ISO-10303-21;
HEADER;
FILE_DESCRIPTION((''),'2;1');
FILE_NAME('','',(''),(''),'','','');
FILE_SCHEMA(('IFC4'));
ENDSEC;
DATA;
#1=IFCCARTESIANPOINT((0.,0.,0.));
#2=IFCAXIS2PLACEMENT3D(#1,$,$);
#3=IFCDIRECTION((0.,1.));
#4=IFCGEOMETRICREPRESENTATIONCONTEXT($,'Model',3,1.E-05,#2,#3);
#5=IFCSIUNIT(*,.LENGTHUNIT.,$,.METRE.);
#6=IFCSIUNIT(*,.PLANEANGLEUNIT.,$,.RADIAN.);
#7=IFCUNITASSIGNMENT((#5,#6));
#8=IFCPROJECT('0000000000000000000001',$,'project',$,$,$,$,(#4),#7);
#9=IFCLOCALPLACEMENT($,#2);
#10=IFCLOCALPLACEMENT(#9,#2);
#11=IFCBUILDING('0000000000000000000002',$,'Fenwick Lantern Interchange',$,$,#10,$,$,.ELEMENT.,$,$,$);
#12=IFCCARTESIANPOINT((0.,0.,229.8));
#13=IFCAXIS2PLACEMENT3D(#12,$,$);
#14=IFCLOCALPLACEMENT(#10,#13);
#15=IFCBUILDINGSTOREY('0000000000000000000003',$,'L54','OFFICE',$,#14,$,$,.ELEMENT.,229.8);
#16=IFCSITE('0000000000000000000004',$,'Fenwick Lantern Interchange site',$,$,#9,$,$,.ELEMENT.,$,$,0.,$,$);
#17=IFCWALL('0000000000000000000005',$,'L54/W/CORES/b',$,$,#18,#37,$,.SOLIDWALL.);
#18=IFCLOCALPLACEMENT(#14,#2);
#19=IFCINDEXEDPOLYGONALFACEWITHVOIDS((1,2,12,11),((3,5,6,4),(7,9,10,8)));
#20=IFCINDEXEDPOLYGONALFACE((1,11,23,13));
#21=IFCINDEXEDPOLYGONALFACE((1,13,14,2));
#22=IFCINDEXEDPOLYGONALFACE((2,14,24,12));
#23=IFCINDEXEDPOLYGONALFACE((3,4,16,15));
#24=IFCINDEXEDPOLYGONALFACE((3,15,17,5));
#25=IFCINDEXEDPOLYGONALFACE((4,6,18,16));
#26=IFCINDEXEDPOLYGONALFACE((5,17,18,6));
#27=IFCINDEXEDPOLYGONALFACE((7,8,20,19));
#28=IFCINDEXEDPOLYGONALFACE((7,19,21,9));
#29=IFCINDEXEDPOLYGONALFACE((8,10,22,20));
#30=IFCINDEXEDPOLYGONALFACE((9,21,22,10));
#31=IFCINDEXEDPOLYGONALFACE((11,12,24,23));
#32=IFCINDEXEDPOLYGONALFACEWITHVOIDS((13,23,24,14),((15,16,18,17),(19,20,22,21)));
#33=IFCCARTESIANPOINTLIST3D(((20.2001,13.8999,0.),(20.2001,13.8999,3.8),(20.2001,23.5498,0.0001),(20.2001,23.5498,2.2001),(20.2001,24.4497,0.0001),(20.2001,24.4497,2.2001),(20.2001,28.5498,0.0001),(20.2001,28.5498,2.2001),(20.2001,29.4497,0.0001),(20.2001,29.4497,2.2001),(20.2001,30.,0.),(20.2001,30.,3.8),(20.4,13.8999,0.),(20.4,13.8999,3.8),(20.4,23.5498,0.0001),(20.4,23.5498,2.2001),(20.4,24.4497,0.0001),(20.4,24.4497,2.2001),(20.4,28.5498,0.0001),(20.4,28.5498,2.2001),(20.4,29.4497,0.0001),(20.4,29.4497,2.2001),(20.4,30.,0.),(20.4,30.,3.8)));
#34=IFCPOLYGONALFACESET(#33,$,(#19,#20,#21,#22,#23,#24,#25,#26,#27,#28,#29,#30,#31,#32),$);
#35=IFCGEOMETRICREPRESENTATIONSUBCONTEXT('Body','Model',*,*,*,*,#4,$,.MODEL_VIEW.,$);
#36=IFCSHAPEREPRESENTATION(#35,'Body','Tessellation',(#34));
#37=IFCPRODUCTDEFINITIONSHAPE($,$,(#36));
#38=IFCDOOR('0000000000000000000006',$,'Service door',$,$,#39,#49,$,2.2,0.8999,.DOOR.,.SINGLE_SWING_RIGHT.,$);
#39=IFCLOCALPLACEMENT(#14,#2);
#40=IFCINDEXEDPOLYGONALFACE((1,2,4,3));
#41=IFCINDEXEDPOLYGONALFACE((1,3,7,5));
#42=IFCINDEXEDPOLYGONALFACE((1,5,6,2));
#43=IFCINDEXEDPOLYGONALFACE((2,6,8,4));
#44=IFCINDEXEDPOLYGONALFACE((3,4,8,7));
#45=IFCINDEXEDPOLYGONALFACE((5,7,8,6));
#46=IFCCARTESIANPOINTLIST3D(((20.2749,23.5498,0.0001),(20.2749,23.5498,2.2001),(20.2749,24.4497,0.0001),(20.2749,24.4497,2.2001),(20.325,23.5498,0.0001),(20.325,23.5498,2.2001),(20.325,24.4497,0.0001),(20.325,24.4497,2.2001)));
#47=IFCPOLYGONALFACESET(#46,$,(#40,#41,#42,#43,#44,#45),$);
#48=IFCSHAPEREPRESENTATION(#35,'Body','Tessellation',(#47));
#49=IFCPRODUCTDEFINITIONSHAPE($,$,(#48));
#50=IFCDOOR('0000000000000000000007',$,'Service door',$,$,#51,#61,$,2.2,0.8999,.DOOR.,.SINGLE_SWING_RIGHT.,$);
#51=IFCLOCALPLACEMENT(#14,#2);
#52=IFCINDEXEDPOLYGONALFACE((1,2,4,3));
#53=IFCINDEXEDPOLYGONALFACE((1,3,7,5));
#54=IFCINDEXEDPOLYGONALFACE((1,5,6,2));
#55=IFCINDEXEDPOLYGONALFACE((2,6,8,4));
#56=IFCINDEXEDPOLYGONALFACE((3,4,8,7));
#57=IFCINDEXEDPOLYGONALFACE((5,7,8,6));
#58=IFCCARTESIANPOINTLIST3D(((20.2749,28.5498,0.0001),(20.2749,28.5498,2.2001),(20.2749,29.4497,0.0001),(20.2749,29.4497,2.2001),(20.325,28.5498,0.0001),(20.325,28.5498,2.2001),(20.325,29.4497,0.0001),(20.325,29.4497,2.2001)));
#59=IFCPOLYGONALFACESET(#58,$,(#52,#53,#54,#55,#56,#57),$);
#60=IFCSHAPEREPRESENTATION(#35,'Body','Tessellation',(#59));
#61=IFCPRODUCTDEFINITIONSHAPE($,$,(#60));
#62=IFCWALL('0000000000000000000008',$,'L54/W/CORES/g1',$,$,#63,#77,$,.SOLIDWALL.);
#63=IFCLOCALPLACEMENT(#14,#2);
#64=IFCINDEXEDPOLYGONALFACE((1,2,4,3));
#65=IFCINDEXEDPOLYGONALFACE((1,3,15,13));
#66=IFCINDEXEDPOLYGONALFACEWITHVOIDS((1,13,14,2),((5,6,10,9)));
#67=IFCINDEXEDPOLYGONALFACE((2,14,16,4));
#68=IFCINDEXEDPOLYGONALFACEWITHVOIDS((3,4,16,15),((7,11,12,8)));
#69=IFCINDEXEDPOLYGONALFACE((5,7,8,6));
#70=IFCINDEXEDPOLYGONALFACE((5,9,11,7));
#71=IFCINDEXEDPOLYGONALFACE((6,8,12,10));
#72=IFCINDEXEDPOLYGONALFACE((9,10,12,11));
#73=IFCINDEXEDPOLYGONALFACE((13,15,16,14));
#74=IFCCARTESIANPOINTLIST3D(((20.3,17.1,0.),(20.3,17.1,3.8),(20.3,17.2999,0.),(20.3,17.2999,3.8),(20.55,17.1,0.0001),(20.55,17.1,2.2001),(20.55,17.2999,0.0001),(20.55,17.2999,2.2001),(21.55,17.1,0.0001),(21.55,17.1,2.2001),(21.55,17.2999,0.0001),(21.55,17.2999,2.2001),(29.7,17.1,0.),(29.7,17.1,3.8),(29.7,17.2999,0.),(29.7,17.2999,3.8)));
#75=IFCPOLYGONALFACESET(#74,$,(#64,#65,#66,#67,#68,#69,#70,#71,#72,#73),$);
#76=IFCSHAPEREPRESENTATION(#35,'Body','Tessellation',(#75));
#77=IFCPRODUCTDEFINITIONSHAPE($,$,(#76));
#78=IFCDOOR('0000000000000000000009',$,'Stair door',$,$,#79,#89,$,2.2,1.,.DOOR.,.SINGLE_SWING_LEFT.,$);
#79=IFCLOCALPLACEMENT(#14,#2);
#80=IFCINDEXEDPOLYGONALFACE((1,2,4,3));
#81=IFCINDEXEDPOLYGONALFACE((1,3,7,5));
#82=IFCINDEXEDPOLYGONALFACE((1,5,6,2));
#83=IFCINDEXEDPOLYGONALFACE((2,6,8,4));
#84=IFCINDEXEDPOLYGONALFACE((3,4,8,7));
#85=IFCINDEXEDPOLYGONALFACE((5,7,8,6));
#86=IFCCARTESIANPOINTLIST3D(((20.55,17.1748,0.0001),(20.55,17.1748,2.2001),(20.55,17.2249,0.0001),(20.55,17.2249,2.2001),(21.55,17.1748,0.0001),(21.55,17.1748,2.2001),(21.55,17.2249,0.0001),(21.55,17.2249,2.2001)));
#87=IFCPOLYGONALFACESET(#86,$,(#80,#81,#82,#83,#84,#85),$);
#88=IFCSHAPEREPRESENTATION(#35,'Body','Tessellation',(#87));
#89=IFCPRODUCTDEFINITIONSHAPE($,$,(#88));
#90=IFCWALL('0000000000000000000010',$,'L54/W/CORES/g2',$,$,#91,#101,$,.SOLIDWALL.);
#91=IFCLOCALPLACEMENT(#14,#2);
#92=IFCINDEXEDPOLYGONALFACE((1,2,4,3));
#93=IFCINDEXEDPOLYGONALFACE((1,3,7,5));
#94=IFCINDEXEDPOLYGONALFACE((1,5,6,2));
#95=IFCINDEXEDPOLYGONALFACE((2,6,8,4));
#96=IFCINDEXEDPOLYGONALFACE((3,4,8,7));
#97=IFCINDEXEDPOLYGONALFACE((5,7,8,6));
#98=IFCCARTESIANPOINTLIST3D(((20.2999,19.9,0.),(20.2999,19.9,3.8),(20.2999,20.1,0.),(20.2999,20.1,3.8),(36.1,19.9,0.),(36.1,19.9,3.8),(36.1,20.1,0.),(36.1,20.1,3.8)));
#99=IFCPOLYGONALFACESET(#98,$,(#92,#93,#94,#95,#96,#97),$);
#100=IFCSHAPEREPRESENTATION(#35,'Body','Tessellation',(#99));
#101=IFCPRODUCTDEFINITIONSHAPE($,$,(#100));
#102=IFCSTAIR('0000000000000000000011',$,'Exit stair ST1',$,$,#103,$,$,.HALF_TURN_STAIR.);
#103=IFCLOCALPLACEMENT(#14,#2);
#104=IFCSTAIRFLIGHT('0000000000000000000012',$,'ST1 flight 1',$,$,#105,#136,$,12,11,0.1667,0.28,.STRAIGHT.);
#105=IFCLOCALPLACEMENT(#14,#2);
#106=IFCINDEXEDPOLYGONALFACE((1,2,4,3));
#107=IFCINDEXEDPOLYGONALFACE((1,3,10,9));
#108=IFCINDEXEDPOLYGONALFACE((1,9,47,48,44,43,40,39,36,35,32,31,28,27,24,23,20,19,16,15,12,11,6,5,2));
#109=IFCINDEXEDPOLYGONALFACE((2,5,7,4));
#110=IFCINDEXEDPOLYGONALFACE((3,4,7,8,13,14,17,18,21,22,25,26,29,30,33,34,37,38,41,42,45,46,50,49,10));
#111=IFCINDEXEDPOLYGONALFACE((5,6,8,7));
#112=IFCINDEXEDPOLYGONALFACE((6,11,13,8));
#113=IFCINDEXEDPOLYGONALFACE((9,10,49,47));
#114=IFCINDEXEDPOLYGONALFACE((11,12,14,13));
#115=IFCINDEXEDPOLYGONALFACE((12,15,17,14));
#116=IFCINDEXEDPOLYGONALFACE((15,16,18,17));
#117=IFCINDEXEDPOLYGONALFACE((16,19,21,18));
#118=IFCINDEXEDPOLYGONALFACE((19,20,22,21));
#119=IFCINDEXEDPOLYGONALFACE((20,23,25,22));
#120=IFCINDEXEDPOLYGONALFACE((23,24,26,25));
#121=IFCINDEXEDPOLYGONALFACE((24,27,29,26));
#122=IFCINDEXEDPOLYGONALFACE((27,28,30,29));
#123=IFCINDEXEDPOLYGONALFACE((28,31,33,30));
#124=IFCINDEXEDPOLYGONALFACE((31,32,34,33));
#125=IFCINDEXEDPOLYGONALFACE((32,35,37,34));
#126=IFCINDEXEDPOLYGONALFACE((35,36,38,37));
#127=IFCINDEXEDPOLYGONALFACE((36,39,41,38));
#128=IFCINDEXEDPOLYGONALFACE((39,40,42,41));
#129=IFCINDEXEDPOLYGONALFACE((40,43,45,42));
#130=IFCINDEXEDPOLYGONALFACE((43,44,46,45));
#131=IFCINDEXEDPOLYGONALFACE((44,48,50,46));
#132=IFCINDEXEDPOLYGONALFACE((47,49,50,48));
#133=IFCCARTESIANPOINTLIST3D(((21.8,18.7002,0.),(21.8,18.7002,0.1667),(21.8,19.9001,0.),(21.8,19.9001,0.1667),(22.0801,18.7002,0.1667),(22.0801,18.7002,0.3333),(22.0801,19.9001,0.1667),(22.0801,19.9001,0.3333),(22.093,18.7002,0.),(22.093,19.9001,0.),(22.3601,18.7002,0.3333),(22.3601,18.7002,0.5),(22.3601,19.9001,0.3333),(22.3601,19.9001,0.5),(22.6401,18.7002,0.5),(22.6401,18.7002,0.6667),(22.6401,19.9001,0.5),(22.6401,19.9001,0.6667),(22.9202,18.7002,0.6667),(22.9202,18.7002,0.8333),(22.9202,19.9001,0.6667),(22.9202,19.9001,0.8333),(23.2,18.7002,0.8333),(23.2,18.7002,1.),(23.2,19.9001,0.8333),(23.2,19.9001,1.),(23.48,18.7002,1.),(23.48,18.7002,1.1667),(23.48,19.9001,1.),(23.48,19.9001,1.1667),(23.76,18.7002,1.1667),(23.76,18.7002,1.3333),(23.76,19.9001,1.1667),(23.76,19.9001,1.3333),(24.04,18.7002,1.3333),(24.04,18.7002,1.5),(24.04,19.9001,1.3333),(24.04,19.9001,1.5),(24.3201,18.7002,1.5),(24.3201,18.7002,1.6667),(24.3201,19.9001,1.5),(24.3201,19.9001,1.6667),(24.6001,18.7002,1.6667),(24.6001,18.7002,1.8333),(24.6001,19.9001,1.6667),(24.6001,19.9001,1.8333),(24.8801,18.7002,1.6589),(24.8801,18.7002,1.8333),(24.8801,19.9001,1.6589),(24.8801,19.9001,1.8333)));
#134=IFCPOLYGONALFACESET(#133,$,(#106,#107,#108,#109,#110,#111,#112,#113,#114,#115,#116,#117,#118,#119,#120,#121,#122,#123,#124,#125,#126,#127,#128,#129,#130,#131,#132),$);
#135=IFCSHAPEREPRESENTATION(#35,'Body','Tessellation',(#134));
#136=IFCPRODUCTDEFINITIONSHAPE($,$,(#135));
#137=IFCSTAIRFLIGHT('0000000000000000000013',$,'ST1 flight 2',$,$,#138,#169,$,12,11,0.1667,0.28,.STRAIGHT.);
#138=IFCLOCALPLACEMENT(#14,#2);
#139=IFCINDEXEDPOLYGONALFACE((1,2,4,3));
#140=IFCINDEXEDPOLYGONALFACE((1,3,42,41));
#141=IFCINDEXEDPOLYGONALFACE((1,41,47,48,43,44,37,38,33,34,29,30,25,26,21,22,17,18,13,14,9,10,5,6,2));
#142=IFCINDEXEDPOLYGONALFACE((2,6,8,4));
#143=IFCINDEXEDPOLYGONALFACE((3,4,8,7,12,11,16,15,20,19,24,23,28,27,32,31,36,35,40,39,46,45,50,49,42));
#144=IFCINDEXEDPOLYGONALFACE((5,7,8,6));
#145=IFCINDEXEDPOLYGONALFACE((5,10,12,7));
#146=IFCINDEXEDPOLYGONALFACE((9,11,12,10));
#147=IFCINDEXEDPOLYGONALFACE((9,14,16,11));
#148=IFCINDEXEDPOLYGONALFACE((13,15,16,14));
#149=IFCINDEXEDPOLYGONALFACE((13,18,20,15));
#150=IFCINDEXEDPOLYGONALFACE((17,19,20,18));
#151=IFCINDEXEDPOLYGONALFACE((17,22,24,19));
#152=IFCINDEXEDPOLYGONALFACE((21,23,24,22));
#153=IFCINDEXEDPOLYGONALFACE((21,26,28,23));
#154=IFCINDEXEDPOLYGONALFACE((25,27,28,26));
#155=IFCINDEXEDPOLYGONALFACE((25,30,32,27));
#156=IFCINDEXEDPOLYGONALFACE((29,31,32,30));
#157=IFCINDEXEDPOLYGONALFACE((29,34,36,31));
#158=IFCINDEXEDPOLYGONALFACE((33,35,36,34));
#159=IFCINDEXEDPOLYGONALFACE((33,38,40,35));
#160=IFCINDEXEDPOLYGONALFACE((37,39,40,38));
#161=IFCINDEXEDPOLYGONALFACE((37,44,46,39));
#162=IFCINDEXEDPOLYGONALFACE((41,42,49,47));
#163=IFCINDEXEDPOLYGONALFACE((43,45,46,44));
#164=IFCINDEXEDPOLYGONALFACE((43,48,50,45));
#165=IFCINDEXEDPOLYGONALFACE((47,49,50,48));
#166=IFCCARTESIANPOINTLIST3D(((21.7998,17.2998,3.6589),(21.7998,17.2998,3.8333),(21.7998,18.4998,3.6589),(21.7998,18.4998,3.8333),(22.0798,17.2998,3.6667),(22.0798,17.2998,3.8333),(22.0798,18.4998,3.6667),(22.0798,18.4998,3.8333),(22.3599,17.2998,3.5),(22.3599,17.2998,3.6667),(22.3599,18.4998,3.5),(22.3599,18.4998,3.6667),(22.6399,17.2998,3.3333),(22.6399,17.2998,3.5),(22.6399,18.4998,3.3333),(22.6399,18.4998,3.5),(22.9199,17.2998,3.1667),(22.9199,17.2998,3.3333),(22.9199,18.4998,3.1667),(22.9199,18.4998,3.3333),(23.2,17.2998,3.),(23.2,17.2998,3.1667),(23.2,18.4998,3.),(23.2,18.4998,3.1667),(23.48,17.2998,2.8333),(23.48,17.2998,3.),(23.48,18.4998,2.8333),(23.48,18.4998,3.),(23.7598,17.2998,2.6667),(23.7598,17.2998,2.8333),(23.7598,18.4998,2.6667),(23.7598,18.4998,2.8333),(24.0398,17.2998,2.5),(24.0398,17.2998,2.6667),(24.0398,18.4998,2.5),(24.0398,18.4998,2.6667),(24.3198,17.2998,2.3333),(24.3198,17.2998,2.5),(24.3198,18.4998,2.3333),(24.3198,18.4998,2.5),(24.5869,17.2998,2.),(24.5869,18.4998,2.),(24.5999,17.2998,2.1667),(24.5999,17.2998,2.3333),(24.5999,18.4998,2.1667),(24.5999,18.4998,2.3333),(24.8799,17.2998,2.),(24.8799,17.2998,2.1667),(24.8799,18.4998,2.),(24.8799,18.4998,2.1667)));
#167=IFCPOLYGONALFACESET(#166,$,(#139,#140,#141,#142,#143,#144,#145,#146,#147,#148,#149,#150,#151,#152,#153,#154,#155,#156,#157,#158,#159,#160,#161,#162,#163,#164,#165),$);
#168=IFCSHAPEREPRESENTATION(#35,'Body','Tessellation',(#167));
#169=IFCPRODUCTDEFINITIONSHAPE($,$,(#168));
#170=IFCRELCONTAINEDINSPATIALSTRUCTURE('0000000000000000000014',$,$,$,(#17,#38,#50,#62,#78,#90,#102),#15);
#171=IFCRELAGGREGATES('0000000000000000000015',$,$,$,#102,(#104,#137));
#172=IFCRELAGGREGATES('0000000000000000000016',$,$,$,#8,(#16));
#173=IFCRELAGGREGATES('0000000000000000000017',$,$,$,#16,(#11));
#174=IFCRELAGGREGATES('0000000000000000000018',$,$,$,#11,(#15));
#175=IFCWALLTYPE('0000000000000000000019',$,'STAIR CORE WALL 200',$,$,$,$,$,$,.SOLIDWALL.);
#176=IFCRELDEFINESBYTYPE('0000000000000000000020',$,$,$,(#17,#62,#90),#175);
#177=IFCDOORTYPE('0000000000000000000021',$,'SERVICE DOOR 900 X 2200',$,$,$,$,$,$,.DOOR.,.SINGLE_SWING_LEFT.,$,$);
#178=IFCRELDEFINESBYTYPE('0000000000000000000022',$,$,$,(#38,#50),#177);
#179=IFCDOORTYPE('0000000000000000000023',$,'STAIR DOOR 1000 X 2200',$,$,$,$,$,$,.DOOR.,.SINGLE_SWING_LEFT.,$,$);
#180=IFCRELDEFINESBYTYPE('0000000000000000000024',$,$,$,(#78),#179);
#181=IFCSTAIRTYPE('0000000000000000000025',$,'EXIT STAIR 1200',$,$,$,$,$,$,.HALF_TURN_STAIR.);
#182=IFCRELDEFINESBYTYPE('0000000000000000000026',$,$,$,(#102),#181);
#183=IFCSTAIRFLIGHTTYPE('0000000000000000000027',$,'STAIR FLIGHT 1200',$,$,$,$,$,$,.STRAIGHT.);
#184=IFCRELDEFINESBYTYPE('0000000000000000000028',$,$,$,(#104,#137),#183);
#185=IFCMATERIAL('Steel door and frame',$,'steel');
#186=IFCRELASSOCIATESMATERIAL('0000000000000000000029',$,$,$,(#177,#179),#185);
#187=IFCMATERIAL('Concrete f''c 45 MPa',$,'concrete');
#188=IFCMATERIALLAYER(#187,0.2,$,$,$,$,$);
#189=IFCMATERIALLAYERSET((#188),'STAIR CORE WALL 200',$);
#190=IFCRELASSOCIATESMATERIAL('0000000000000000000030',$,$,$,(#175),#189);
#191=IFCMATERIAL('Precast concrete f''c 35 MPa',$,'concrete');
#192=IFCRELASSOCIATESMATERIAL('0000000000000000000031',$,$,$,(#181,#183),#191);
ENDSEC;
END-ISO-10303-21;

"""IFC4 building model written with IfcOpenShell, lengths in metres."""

from ifc_helpers import new_model, si_unit, direction, frame, frame_2d, origin, place, context, subcontext, project, spatial, polyline, rectangle, outline, extrude, material, layer, layer_set, type_object, element, fill, aggregate, save


model = new_model("IFC4")

# Units and contexts
model_context = context("Model", 3, precision=1e-05, world=origin(), true_north=direction((0.0, 1.0)))
body_context = subcontext(model_context, "Body", "Model", "MODEL_VIEW")
ifc_project = project(units=[si_unit("LENGTHUNIT", "METRE"), si_unit("PLANEANGLEUNIT", "RADIAN")], contexts=[model_context])

# Site, building, storey
site_placement = place(None, origin())
site = spatial("IfcSite", under=ifc_project, at=site_placement, Name="Fenwick Lantern Interchange site", CompositionType="ELEMENT", RefElevation=0.0)
building_placement = place(site_placement, origin())
building = spatial("IfcBuilding", under=site, at=building_placement, Name="Fenwick Lantern Interchange", CompositionType="ELEMENT")
storey_placement = place(building_placement, frame((0.0, 0.0, 229.8)))
storey = spatial("IfcBuildingStorey", under=building, at=storey_placement, Name="L54", Description="OFFICE", CompositionType="ELEMENT", Elevation=229.8)

# Shared definitions
ifc_material_1 = material(Name="Steel door and frame", Category="steel")
door_type_1 = type_object("IfcDoorType", Name="SERVICE DOOR 900 X 2200", OperationType="SINGLE_SWING_LEFT", PredefinedType="DOOR", material=ifc_material_1)

# Wall, openings, doors
ifc_material_2 = material(Name="Concrete f'c 45 MPa", Category="concrete")
ifc_layer_1 = layer(ifc_material_2, 0.2)
ifc_layer_set_1 = layer_set([ifc_layer_1], Name="STAIR CORE WALL 200")
wall_type_1 = type_object("IfcWallType", Name="STAIR CORE WALL 200", PredefinedType="SOLIDWALL", material=ifc_layer_set_1)
wall_1_placement = place(storey_placement, frame((20.3, 13.8999, 0.0), z_axis=(0.0, 0.0, 1.0), x_axis=(0.0, 1.0, 0.0)))
wall_1 = element("IfcWall", 1, at=wall_1_placement, inside=storey, type_object=wall_type_1, Name="L54/W/CORES/b", PredefinedType="SOLIDWALL", context=body_context, shape_type="SweptSolid", body=[
    extrude(rectangle(XDim=16.1001, YDim=0.2, at=frame_2d((8.05, 0.0))), origin(), (0.0, 0.0, 1.0), 3.8),
])
opening_1_placement = place(wall_1_placement, frame((9.6499, 0.0, 0.0)))
opening_1 = element("IfcOpeningElement", 2, at=opening_1_placement, cuts=wall_1, PredefinedType="OPENING", context=body_context, shape_type="SweptSolid", body=[
    extrude(rectangle(XDim=0.8999, YDim=2.2, at=frame_2d((0.45, 1.1001))), frame((0.0, 0.1099, 0.0), z_axis=(0.0, -1.0, 0.0), x_axis=(1.0, 0.0, 0.0)), (0.0, 0.0, 1.0), 0.22),
])
opening_2_placement = place(wall_1_placement, frame((14.6499, 0.0, 0.0)))
opening_2 = element("IfcOpeningElement", 3, at=opening_2_placement, cuts=wall_1, PredefinedType="OPENING", context=body_context, shape_type="SweptSolid", body=[
    extrude(rectangle(XDim=0.8999, YDim=2.2, at=frame_2d((0.45, 1.1001))), frame((0.0, 0.1099, 0.0), z_axis=(0.0, -1.0, 0.0), x_axis=(1.0, 0.0, 0.0)), (0.0, 0.0, 1.0), 0.22),
])
door_1_placement = place(opening_1_placement, frame((0.8999, 0.0, 0.0), z_axis=(0.0, 0.0, 1.0), x_axis=(-1.0, 0.0, 0.0)))
door_1 = element("IfcDoor", 4, at=door_1_placement, inside=storey, type_object=door_type_1, Name="Service door", OperationType="SINGLE_SWING_RIGHT", OverallHeight=2.2, OverallWidth=0.8999, PredefinedType="DOOR", context=body_context, shape_type="SweptSolid", body=[
    extrude(rectangle(XDim=0.8999, YDim=2.2, at=frame_2d((0.45, 1.1001))), frame((0.0, 0.0249, 0.0), z_axis=(0.0, -1.0, 0.0), x_axis=(1.0, 0.0, 0.0)), (0.0, 0.0, 1.0), 0.05),
])
fill(opening_1, door_1)
door_2_placement = place(opening_2_placement, frame((0.8999, 0.0, 0.0), z_axis=(0.0, 0.0, 1.0), x_axis=(-1.0, 0.0, 0.0)))
door_2 = element("IfcDoor", 5, at=door_2_placement, inside=storey, type_object=door_type_1, Name="Service door", OperationType="SINGLE_SWING_RIGHT", OverallHeight=2.2, OverallWidth=0.8999, PredefinedType="DOOR", context=body_context, shape_type="SweptSolid", body=[
    extrude(rectangle(XDim=0.8999, YDim=2.2, at=frame_2d((0.45, 1.1001))), frame((0.0, 0.0249, 0.0), z_axis=(0.0, -1.0, 0.0), x_axis=(1.0, 0.0, 0.0)), (0.0, 0.0, 1.0), 0.05),
])
fill(opening_2, door_2)

# Wall, opening, door
wall_2_placement = place(storey_placement, frame((20.3, 17.2, 0.0), z_axis=(0.0, 0.0, 1.0), x_axis=(1.0, 0.0, 0.0)))
wall_2 = element("IfcWall", 6, at=wall_2_placement, inside=storey, type_object=wall_type_1, Name="L54/W/CORES/g1", PredefinedType="SOLIDWALL", context=body_context, shape_type="SweptSolid", body=[
    extrude(rectangle(XDim=9.3999, YDim=0.2, at=frame_2d((4.7, 0.0))), origin(), (0.0, 0.0, 1.0), 3.8),
])
opening_3_placement = place(wall_2_placement, frame((0.25, 0.0, 0.0)))
opening_3 = element("IfcOpeningElement", 7, at=opening_3_placement, cuts=wall_2, PredefinedType="OPENING", context=body_context, shape_type="SweptSolid", body=[
    extrude(rectangle(XDim=1.0, YDim=2.2, at=frame_2d((0.5, 1.1001))), frame((0.0, 0.1099, 0.0), z_axis=(0.0, -1.0, 0.0), x_axis=(1.0, 0.0, 0.0)), (0.0, 0.0, 1.0), 0.22),
])
door_type_2 = type_object("IfcDoorType", Name="STAIR DOOR 1000 X 2200", OperationType="SINGLE_SWING_LEFT", PredefinedType="DOOR", material=ifc_material_1)
door_3_placement = place(opening_3_placement, origin())
door_3 = element("IfcDoor", 8, at=door_3_placement, inside=storey, type_object=door_type_2, Name="Stair door", OperationType="SINGLE_SWING_LEFT", OverallHeight=2.2, OverallWidth=1.0, PredefinedType="DOOR", context=body_context, shape_type="SweptSolid", body=[
    extrude(rectangle(XDim=1.0, YDim=2.2, at=frame_2d((0.5, 1.1001))), frame((0.0, 0.0249, 0.0), z_axis=(0.0, -1.0, 0.0), x_axis=(1.0, 0.0, 0.0)), (0.0, 0.0, 1.0), 0.05),
])
fill(opening_3, door_3)

# Wall
wall_3_placement = place(storey_placement, frame((20.3, 20.0, 0.0), z_axis=(0.0, 0.0, 1.0), x_axis=(1.0, 0.0, 0.0)))
element("IfcWall", 9, at=wall_3_placement, inside=storey, type_object=wall_type_1, Name="L54/W/CORES/g2", PredefinedType="SOLIDWALL", context=body_context, shape_type="SweptSolid", body=[
    extrude(rectangle(XDim=15.8, YDim=0.2, at=frame_2d((7.8999, 0.0))), origin(), (0.0, 0.0, 1.0), 3.8),
])

# Stair, stair flights
ifc_material_3 = material(Name="Precast concrete f'c 35 MPa", Category="concrete")
stair_type = type_object("IfcStairType", Name="EXIT STAIR 1200", PredefinedType="HALF_TURN_STAIR", material=ifc_material_3)
stair_placement = place(storey_placement, origin())
stair = element("IfcStair", 10, at=stair_placement, inside=storey, type_object=stair_type, Name="Exit stair ST1", PredefinedType="HALF_TURN_STAIR")
stair_flight_type = type_object("IfcStairFlightType", Name="STAIR FLIGHT 1200", PredefinedType="STRAIGHT", material=ifc_material_3)
stair_flight_1_placement = place(storey_placement, frame((21.8, 19.3, 0.0), z_axis=(0.0, 0.0, 1.0), x_axis=(1.0, 0.0, 0.0)))
stair_flight_1 = element("IfcStairFlight", 11, at=stair_flight_1_placement, type_object=stair_flight_type, Name="ST1 flight 1", NumberOfRisers=12, NumberOfTreads=11, PredefinedType="STRAIGHT", RiserHeight=0.1667, TreadLength=0.28, context=body_context, shape_type="SweptSolid", body=[
    extrude(outline(polyline([(0.0, 0.0), (0.0, 0.1667), (0.28, 0.1667), (0.28, 0.3333), (0.5601, 0.3333), (0.5601, 0.5), (0.8401, 0.5), (0.8401, 0.6667), (1.1201, 0.6667), (1.1201, 0.8333), (1.3999, 0.8333), (1.3999, 1.0), (1.6799, 1.0), (1.6799, 1.1667), (1.96, 1.1667), (1.96, 1.3333), (2.24, 1.3333), (2.24, 1.5), (2.52, 1.5), (2.52, 1.6667), (2.8, 1.6667), (2.8, 1.8333), (3.0801, 1.8333), (3.0801, 2.0), (3.0801, 1.6589), (0.293, 0.0), (0.0, 0.0)])), frame((0.0, 0.6001, 0.0), z_axis=(0.0, -1.0, 0.0), x_axis=(1.0, 0.0, 0.0)), (0.0, 0.0, 1.0), 1.2),
])
stair_flight_2_placement = place(storey_placement, frame((24.8799, 17.8999, 2.0), z_axis=(0.0, 0.0, 1.0), x_axis=(-1.0, 0.0, 0.0)))
stair_flight_2 = element("IfcStairFlight", 12, at=stair_flight_2_placement, type_object=stair_flight_type, Name="ST1 flight 2", NumberOfRisers=12, NumberOfTreads=11, PredefinedType="STRAIGHT", RiserHeight=0.1667, TreadLength=0.28, context=body_context, shape_type="SweptSolid", body=[
    extrude(outline(polyline([(0.0, 0.0), (0.0, 0.1667), (0.28, 0.1667), (0.28, 0.3333), (0.5601, 0.3333), (0.5601, 0.5), (0.8401, 0.5), (0.8401, 0.6667), (1.1201, 0.6667), (1.1201, 0.8333), (1.3999, 0.8333), (1.3999, 1.0), (1.6799, 1.0), (1.6799, 1.1667), (1.96, 1.1667), (1.96, 1.3333), (2.24, 1.3333), (2.24, 1.5), (2.52, 1.5), (2.52, 1.6667), (2.8, 1.6667), (2.8, 1.8333), (3.0801, 1.8333), (3.0801, 2.0), (3.0801, 1.6589), (0.293, 0.0), (0.0, 0.0)])), frame((0.0, 0.6001, 0.0), z_axis=(0.0, -1.0, 0.0), x_axis=(1.0, 0.0, 0.0)), (0.0, 0.0, 1.0), 1.2),
])
aggregate(stair, [stair_flight_1, stair_flight_2])

save(model, "model.ifc")
